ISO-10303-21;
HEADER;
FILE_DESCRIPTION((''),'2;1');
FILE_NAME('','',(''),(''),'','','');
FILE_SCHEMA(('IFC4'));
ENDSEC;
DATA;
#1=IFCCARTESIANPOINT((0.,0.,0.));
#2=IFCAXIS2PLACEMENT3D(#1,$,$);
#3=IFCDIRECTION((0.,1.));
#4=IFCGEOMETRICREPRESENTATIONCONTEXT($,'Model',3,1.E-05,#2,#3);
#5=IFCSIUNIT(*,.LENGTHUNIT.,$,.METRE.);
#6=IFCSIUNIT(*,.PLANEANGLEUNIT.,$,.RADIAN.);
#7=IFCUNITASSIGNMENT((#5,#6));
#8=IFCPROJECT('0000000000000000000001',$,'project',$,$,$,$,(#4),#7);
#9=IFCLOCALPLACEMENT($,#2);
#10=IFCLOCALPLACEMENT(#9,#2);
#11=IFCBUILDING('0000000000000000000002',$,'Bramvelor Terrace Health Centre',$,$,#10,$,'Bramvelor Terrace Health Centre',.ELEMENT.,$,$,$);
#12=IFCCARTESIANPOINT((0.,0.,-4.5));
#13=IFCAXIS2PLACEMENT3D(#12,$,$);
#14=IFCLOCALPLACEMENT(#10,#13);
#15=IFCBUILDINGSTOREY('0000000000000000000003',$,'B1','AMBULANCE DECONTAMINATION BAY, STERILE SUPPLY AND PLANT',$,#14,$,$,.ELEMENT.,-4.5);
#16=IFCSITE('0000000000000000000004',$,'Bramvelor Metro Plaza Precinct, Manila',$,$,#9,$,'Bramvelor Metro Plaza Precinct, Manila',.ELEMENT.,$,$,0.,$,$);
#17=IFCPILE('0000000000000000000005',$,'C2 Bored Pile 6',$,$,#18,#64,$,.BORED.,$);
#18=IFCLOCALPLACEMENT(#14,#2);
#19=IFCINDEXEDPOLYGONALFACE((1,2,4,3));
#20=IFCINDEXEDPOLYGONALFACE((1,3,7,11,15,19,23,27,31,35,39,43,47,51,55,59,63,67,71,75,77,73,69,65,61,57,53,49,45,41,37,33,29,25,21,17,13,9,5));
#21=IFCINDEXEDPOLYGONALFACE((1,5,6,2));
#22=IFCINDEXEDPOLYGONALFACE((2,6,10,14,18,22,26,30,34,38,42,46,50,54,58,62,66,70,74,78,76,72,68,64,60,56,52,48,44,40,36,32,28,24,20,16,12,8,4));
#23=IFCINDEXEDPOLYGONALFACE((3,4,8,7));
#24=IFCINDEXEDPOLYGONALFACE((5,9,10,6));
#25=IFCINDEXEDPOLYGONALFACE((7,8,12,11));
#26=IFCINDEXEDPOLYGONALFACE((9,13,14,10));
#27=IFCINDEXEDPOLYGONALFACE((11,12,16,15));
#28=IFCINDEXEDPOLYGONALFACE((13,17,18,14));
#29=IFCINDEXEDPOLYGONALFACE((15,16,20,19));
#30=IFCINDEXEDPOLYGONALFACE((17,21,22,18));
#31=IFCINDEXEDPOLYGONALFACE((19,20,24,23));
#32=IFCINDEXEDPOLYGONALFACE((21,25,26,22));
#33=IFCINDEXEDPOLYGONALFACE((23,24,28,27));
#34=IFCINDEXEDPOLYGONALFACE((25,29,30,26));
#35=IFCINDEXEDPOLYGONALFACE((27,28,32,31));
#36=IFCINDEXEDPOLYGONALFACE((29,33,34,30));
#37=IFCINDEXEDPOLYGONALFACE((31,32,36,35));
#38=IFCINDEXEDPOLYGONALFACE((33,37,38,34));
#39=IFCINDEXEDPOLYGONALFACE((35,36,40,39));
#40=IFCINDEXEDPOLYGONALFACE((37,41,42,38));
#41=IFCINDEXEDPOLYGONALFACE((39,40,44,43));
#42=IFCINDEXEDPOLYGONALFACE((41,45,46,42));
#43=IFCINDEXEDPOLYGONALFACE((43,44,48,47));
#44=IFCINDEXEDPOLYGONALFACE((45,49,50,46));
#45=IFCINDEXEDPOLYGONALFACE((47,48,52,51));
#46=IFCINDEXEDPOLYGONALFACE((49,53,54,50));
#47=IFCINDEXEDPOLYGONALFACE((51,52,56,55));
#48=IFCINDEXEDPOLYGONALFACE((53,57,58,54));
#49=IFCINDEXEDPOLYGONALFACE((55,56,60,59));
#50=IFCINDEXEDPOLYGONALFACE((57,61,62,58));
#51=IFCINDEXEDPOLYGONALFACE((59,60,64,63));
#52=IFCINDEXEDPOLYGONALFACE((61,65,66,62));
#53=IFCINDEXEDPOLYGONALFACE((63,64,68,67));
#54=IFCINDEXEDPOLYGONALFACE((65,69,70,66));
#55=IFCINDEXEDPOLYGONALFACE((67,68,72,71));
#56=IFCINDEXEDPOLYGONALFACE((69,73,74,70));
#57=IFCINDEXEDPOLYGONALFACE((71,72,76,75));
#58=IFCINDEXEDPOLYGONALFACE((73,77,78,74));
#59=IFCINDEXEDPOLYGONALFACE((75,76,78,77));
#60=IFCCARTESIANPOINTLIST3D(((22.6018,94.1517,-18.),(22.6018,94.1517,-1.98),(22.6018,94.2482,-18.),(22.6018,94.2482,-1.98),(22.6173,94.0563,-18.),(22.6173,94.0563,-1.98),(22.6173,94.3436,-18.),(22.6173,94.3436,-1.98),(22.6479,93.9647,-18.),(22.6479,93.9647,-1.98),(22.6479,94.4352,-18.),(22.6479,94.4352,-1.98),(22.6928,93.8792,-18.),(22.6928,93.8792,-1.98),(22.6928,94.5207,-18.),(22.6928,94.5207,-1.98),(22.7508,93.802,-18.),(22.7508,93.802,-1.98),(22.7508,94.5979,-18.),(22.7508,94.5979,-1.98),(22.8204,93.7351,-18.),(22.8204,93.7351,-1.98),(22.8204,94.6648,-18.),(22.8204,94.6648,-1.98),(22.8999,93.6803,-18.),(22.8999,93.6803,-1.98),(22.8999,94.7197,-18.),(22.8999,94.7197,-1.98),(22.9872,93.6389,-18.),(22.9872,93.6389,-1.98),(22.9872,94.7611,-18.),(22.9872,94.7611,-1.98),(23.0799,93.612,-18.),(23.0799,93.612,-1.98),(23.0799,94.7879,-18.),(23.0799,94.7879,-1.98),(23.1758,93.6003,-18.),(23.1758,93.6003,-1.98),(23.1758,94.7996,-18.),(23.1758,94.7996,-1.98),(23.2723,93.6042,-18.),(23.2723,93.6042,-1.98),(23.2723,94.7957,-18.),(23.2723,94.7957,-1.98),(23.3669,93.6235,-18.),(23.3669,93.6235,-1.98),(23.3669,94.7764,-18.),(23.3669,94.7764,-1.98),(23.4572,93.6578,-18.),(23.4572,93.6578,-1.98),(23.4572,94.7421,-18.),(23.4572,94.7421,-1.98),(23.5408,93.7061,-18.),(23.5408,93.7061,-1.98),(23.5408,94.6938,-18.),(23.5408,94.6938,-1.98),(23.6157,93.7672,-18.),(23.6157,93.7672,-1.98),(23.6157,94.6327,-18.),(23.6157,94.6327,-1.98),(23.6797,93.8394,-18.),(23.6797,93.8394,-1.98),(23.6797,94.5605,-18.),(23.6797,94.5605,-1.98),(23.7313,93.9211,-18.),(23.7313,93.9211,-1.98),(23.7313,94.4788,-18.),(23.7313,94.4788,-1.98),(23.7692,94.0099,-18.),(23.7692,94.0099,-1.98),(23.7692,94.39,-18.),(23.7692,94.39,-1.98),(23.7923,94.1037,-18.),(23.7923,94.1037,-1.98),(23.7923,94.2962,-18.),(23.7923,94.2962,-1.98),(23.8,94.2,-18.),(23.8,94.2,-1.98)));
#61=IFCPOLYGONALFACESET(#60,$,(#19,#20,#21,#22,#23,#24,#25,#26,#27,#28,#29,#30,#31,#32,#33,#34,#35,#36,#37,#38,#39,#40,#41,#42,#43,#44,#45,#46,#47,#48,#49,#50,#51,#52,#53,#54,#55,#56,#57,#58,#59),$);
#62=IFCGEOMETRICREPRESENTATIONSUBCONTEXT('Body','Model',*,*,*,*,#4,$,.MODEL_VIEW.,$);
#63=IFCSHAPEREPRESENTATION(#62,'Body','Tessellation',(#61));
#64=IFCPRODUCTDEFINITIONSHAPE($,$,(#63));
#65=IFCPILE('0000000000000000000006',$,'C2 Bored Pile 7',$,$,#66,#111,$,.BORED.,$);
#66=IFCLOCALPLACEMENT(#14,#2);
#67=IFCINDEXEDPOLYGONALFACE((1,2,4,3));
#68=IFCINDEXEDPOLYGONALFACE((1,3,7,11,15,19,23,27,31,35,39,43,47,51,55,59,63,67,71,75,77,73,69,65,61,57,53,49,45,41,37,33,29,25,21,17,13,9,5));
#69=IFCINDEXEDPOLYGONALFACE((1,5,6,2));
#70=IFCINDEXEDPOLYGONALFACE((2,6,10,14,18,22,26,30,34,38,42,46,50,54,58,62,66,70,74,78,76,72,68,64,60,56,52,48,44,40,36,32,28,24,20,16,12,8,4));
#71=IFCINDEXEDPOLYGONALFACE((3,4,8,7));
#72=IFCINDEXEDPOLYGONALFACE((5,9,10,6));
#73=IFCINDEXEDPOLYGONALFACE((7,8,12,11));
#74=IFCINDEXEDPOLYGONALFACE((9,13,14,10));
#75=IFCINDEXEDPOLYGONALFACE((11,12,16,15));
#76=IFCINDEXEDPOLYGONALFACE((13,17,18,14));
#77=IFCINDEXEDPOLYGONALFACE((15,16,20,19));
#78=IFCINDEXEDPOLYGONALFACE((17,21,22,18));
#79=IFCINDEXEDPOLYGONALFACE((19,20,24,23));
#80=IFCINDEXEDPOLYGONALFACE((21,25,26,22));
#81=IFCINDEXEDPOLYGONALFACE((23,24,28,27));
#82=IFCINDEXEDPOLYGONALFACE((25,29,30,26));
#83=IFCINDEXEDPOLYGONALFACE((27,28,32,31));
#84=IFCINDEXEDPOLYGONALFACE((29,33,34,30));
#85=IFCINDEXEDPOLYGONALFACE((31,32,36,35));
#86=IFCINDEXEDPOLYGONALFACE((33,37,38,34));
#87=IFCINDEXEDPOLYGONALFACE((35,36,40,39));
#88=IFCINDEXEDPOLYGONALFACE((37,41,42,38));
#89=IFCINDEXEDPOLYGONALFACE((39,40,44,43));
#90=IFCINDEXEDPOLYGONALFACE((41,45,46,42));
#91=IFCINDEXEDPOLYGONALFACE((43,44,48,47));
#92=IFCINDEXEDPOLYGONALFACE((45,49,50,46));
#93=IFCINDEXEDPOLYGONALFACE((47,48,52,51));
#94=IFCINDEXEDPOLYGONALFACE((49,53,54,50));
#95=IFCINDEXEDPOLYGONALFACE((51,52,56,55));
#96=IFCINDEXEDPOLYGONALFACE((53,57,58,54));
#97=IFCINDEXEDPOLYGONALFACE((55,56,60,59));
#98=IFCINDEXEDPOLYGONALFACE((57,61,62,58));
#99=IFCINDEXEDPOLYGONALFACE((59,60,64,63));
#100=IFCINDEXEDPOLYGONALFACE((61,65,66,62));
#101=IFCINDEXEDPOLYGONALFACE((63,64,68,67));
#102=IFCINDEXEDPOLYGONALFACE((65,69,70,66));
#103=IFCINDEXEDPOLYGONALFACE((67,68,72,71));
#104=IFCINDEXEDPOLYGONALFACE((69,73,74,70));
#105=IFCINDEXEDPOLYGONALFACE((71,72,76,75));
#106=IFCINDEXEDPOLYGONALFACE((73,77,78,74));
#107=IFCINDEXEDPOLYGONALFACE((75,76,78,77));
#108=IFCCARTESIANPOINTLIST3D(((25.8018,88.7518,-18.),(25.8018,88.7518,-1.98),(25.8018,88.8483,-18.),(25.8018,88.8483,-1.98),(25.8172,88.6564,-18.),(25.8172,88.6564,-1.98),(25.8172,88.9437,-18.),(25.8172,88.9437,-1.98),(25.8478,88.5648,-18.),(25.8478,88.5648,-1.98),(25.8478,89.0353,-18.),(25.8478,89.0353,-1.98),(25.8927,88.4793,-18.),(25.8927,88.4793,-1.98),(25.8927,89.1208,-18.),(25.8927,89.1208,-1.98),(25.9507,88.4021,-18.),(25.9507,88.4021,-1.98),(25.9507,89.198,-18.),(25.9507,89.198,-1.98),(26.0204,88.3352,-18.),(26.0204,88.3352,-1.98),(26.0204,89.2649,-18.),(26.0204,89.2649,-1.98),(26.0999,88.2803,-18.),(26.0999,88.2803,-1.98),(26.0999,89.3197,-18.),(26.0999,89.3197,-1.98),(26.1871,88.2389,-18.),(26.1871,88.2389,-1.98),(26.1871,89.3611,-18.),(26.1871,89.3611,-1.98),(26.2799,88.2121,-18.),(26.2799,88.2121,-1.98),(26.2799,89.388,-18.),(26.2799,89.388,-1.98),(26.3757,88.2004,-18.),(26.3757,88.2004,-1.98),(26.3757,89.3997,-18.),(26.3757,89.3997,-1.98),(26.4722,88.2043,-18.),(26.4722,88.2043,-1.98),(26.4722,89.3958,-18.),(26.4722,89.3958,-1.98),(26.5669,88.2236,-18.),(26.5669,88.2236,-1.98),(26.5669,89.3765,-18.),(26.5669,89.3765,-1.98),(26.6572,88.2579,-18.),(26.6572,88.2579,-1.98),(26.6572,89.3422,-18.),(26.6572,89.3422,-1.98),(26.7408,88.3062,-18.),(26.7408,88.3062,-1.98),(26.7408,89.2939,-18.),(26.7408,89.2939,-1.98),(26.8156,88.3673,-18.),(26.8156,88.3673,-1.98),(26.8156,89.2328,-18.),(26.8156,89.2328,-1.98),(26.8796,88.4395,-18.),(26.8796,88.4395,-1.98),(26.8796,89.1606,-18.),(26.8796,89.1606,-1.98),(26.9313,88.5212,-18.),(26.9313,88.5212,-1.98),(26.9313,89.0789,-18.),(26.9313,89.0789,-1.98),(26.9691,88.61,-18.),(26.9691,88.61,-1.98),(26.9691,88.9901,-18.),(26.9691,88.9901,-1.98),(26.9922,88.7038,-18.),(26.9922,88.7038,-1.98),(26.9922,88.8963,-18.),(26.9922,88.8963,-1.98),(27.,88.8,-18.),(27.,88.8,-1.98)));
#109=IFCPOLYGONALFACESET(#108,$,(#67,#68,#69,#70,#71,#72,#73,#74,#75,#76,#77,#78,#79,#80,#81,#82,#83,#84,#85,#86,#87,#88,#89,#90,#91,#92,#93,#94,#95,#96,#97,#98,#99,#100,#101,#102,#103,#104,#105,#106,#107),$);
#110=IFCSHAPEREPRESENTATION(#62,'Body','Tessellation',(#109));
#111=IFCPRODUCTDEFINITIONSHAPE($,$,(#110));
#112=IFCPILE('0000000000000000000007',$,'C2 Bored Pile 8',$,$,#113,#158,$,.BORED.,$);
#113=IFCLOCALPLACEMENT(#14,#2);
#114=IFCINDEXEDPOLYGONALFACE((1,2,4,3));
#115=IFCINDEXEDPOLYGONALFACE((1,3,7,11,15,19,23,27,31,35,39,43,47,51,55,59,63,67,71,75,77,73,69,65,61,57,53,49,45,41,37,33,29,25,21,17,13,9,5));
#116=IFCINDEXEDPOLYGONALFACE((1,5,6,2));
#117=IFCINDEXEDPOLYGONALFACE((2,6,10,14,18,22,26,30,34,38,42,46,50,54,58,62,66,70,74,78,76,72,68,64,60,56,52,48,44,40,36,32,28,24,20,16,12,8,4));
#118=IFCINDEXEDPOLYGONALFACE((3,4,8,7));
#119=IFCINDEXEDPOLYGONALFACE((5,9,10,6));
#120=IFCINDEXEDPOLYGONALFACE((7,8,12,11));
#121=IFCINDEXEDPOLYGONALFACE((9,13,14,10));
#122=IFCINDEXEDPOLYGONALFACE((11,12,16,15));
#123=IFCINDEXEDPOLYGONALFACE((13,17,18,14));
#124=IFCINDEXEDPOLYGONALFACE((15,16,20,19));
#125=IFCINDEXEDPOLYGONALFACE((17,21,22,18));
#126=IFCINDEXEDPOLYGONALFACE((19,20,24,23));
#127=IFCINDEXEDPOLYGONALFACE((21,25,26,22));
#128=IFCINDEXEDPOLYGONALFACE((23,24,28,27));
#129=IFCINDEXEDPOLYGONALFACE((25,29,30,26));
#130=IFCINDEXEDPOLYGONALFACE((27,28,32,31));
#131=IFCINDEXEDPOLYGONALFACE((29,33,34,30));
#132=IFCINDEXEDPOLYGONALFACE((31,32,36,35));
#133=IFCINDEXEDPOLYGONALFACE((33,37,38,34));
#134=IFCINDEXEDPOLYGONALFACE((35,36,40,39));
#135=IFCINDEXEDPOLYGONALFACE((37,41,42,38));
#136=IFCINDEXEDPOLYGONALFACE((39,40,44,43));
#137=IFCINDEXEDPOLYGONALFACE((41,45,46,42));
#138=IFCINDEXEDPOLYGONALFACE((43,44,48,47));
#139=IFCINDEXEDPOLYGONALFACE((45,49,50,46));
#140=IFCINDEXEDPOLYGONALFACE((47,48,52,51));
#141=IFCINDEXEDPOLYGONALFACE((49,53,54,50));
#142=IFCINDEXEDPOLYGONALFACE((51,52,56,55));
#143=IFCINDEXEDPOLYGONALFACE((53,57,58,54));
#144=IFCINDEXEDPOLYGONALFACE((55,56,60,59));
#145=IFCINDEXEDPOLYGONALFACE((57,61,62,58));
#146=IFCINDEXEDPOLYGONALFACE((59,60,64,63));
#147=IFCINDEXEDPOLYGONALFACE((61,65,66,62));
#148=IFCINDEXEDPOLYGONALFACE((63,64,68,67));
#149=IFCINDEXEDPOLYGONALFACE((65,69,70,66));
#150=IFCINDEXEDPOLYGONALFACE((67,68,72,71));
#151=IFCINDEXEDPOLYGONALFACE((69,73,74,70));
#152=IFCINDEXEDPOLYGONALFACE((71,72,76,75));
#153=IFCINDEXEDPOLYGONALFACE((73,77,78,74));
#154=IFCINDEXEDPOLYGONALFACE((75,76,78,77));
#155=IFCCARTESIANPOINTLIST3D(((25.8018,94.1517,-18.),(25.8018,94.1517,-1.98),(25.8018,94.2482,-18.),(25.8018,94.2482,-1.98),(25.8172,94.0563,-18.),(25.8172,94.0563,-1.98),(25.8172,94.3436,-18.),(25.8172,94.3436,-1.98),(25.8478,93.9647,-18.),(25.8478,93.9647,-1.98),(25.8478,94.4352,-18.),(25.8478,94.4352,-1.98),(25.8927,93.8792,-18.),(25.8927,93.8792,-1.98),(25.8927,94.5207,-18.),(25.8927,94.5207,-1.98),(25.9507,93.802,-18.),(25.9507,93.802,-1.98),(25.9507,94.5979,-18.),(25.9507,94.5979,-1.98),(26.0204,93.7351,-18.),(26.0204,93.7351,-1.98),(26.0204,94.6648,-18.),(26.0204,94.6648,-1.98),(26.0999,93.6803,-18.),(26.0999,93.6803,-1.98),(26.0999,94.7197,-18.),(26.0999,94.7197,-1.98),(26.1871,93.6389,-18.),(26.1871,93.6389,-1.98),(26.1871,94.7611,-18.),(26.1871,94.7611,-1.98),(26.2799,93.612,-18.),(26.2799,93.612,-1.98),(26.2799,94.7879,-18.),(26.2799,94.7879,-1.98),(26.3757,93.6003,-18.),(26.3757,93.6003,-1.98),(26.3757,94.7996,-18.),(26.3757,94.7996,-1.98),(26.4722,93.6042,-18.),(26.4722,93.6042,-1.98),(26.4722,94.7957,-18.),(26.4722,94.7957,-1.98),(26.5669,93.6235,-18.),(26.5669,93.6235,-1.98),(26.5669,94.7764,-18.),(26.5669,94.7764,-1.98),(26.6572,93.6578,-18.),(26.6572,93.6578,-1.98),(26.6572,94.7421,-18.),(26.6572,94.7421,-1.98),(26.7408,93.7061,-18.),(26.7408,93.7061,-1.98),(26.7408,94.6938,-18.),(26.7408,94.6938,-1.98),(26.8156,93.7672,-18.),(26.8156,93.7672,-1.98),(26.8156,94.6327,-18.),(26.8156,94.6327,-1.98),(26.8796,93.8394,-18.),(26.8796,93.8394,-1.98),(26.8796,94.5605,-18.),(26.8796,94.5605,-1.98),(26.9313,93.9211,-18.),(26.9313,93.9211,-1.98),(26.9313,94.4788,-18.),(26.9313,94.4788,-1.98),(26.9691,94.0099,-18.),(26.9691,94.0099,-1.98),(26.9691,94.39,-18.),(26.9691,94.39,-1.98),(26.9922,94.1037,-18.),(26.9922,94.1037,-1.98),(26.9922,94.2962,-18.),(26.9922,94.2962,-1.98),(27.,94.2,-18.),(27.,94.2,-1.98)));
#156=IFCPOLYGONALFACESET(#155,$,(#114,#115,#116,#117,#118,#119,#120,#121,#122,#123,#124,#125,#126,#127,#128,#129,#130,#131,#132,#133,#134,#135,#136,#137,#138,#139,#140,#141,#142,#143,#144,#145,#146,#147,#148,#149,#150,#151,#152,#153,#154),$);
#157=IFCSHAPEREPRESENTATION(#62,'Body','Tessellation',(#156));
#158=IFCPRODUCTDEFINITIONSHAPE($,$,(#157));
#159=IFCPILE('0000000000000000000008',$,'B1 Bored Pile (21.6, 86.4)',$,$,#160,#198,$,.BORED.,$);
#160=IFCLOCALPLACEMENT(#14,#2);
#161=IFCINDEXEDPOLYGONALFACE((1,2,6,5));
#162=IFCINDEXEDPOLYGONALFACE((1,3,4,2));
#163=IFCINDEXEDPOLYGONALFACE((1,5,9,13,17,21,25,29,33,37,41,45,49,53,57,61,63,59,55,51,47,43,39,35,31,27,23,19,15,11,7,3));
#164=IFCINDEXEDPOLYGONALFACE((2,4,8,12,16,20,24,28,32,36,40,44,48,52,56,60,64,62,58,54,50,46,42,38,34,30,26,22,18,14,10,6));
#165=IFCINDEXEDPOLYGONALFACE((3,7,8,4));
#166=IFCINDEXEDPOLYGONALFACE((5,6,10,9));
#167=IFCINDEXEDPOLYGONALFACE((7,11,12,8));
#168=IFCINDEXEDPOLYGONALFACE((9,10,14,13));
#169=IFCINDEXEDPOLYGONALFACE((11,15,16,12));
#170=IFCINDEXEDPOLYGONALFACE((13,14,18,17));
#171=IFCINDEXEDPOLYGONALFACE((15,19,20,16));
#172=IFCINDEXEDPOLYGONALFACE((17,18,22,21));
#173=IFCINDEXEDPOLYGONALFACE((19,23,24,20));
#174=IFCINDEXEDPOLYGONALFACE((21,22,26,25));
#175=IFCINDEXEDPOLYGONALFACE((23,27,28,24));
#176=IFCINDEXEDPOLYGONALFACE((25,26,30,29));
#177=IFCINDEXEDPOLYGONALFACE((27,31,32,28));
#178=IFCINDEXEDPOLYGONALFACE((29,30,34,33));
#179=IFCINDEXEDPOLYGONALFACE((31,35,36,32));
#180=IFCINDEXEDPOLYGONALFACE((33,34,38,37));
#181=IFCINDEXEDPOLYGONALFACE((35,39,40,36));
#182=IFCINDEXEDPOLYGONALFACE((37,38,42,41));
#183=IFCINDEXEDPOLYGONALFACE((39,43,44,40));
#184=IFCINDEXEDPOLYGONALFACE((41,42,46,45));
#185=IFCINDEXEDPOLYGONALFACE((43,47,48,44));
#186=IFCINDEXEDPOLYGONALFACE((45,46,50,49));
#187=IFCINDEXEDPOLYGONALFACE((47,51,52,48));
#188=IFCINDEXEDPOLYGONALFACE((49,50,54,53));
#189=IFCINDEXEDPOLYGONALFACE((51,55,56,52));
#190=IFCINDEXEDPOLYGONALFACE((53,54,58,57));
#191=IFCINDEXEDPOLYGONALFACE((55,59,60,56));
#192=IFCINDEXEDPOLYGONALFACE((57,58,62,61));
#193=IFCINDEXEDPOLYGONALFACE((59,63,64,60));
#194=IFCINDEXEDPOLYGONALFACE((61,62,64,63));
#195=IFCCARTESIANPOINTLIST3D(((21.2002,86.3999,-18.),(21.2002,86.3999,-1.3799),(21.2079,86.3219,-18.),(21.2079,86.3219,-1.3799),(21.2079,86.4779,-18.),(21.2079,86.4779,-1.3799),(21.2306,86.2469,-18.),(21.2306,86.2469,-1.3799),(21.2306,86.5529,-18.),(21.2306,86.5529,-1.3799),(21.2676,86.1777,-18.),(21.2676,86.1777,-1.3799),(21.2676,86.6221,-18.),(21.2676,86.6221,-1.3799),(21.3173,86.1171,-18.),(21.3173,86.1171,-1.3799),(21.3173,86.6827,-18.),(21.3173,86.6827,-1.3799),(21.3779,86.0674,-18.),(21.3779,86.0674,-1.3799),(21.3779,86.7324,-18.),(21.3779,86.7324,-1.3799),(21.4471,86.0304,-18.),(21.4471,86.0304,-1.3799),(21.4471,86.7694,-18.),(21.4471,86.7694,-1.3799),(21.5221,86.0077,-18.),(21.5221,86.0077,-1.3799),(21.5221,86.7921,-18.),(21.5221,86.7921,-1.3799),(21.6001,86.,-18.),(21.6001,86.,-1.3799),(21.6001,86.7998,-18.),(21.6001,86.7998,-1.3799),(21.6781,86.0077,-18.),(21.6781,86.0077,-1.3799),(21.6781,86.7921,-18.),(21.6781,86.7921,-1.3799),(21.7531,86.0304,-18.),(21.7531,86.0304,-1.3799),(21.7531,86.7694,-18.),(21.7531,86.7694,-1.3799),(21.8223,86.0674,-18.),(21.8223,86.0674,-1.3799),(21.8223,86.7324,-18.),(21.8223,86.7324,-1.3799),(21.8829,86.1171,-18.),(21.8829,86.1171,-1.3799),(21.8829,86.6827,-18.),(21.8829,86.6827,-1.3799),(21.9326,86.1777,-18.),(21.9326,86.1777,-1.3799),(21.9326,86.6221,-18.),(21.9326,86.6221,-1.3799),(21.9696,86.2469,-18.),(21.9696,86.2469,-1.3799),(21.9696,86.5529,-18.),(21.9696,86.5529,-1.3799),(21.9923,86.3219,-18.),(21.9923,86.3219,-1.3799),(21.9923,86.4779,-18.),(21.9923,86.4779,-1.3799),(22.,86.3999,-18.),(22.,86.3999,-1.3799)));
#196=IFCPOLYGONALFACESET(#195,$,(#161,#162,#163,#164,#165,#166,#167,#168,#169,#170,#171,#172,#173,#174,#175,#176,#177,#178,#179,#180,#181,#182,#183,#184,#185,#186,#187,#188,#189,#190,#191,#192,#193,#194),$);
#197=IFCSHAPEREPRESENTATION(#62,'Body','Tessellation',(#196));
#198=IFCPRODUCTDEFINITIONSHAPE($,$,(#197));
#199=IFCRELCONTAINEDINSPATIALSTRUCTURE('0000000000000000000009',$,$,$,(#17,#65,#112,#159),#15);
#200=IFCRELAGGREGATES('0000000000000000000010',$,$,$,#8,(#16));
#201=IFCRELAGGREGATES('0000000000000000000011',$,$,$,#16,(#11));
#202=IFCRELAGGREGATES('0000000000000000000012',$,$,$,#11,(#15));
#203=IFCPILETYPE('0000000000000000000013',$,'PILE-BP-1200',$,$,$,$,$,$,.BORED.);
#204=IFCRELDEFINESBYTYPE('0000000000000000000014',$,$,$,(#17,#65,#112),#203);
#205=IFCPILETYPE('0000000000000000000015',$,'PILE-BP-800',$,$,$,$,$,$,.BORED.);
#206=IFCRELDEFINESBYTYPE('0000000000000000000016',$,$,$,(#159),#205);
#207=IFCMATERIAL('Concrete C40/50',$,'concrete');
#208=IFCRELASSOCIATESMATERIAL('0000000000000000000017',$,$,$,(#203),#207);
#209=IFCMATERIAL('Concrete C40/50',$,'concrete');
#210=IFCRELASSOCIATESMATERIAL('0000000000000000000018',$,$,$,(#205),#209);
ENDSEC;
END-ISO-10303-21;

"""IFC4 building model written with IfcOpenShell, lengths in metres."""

from ifc_helpers import new_model, si_unit, direction, frame, origin, origin_2d, place, context, subcontext, project, spatial, circle, extrude, material, material_profile, profile_set, type_object, element, save


model = new_model("IFC4")

# Units and contexts
model_context = context("Model", 3, precision=1e-05, world=origin(), true_north=direction((0.0, 1.0)))
body_context = subcontext(model_context, "Body", "Model", "MODEL_VIEW")
ifc_project = project(units=[si_unit("LENGTHUNIT", "METRE"), si_unit("PLANEANGLEUNIT", "RADIAN")], contexts=[model_context])

# Site, building, storey
site_placement = place(None, origin())
site = spatial("IfcSite", under=ifc_project, at=site_placement, Name="Bramvelor Metro Plaza Precinct, Manila", LongName="Bramvelor Metro Plaza Precinct, Manila", CompositionType="ELEMENT", RefElevation=0.0)
building_placement = place(site_placement, origin())
building = spatial("IfcBuilding", under=site, at=building_placement, Name="Bramvelor Terrace Health Centre", LongName="Bramvelor Terrace Health Centre", CompositionType="ELEMENT")
storey_placement = place(building_placement, frame((0.0, 0.0, -4.5)))
storey = spatial("IfcBuildingStorey", under=building, at=storey_placement, Name="B1", Description="AMBULANCE DECONTAMINATION BAY, STERILE SUPPLY AND PLANT", CompositionType="ELEMENT", Elevation=-4.5)

# Piles
ifc_material_1 = material(Name="Concrete C40/50", Category="concrete")
ifc_material_profile_1 = material_profile(ifc_material_1, circle(Radius=0.6001, at=origin_2d()), Name="BP D1200")
ifc_profile_set_1 = profile_set([ifc_material_profile_1], Name="Concrete C40/50")
pile_type_1 = type_object("IfcPileType", Name="PILE-BP-1200", PredefinedType="BORED", material=ifc_profile_set_1)
for number, where, z_axis, x_axis, name in (
    (1, (23.2, 94.2, -1.98), (0.0, 0.0, -1.0), (1.0, 0.0, 0.0), "C2 Bored Pile 6"),
    (2, (26.3999, 88.8, -1.98), (0.0, 0.0, -1.0), (1.0, 0.0, 0.0), "C2 Bored Pile 7"),
    (3, (26.3999, 94.2, -1.98), (0.0, 0.0, -1.0), (1.0, 0.0, 0.0), "C2 Bored Pile 8"),
):
    element("IfcPile", number, at=place(storey_placement, frame(where, z_axis=z_axis, x_axis=x_axis)), inside=storey, type_object=pile_type_1, Name=name, PredefinedType="BORED", context=body_context, shape_type="SweptSolid", body=[
        extrude(circle(Radius=0.6001, at=origin_2d()), origin(), (0.0, 0.0, 1.0), 16.02),
    ])
ifc_material_2 = material(Name="Concrete C40/50", Category="concrete")
ifc_material_profile_2 = material_profile(ifc_material_2, circle(Radius=0.3999, at=origin_2d()), Name="BP D800")
ifc_profile_set_2 = profile_set([ifc_material_profile_2], Name="Concrete C40/50")
pile_type_2 = type_object("IfcPileType", Name="PILE-BP-800", PredefinedType="BORED", material=ifc_profile_set_2)
pile_placement = place(storey_placement, frame((21.6001, 86.3999, -1.3799), z_axis=(0.0, 0.0, -1.0), x_axis=(1.0, 0.0, 0.0)))
element("IfcPile", 4, at=pile_placement, inside=storey, type_object=pile_type_2, Name="B1 Bored Pile (21.6, 86.4)", PredefinedType="BORED", context=body_context, shape_type="SweptSolid", body=[
    extrude(circle(Radius=0.3999, at=origin_2d()), origin(), (0.0, 0.0, 1.0), 16.6201),
])

save(model, "model.ifc")
